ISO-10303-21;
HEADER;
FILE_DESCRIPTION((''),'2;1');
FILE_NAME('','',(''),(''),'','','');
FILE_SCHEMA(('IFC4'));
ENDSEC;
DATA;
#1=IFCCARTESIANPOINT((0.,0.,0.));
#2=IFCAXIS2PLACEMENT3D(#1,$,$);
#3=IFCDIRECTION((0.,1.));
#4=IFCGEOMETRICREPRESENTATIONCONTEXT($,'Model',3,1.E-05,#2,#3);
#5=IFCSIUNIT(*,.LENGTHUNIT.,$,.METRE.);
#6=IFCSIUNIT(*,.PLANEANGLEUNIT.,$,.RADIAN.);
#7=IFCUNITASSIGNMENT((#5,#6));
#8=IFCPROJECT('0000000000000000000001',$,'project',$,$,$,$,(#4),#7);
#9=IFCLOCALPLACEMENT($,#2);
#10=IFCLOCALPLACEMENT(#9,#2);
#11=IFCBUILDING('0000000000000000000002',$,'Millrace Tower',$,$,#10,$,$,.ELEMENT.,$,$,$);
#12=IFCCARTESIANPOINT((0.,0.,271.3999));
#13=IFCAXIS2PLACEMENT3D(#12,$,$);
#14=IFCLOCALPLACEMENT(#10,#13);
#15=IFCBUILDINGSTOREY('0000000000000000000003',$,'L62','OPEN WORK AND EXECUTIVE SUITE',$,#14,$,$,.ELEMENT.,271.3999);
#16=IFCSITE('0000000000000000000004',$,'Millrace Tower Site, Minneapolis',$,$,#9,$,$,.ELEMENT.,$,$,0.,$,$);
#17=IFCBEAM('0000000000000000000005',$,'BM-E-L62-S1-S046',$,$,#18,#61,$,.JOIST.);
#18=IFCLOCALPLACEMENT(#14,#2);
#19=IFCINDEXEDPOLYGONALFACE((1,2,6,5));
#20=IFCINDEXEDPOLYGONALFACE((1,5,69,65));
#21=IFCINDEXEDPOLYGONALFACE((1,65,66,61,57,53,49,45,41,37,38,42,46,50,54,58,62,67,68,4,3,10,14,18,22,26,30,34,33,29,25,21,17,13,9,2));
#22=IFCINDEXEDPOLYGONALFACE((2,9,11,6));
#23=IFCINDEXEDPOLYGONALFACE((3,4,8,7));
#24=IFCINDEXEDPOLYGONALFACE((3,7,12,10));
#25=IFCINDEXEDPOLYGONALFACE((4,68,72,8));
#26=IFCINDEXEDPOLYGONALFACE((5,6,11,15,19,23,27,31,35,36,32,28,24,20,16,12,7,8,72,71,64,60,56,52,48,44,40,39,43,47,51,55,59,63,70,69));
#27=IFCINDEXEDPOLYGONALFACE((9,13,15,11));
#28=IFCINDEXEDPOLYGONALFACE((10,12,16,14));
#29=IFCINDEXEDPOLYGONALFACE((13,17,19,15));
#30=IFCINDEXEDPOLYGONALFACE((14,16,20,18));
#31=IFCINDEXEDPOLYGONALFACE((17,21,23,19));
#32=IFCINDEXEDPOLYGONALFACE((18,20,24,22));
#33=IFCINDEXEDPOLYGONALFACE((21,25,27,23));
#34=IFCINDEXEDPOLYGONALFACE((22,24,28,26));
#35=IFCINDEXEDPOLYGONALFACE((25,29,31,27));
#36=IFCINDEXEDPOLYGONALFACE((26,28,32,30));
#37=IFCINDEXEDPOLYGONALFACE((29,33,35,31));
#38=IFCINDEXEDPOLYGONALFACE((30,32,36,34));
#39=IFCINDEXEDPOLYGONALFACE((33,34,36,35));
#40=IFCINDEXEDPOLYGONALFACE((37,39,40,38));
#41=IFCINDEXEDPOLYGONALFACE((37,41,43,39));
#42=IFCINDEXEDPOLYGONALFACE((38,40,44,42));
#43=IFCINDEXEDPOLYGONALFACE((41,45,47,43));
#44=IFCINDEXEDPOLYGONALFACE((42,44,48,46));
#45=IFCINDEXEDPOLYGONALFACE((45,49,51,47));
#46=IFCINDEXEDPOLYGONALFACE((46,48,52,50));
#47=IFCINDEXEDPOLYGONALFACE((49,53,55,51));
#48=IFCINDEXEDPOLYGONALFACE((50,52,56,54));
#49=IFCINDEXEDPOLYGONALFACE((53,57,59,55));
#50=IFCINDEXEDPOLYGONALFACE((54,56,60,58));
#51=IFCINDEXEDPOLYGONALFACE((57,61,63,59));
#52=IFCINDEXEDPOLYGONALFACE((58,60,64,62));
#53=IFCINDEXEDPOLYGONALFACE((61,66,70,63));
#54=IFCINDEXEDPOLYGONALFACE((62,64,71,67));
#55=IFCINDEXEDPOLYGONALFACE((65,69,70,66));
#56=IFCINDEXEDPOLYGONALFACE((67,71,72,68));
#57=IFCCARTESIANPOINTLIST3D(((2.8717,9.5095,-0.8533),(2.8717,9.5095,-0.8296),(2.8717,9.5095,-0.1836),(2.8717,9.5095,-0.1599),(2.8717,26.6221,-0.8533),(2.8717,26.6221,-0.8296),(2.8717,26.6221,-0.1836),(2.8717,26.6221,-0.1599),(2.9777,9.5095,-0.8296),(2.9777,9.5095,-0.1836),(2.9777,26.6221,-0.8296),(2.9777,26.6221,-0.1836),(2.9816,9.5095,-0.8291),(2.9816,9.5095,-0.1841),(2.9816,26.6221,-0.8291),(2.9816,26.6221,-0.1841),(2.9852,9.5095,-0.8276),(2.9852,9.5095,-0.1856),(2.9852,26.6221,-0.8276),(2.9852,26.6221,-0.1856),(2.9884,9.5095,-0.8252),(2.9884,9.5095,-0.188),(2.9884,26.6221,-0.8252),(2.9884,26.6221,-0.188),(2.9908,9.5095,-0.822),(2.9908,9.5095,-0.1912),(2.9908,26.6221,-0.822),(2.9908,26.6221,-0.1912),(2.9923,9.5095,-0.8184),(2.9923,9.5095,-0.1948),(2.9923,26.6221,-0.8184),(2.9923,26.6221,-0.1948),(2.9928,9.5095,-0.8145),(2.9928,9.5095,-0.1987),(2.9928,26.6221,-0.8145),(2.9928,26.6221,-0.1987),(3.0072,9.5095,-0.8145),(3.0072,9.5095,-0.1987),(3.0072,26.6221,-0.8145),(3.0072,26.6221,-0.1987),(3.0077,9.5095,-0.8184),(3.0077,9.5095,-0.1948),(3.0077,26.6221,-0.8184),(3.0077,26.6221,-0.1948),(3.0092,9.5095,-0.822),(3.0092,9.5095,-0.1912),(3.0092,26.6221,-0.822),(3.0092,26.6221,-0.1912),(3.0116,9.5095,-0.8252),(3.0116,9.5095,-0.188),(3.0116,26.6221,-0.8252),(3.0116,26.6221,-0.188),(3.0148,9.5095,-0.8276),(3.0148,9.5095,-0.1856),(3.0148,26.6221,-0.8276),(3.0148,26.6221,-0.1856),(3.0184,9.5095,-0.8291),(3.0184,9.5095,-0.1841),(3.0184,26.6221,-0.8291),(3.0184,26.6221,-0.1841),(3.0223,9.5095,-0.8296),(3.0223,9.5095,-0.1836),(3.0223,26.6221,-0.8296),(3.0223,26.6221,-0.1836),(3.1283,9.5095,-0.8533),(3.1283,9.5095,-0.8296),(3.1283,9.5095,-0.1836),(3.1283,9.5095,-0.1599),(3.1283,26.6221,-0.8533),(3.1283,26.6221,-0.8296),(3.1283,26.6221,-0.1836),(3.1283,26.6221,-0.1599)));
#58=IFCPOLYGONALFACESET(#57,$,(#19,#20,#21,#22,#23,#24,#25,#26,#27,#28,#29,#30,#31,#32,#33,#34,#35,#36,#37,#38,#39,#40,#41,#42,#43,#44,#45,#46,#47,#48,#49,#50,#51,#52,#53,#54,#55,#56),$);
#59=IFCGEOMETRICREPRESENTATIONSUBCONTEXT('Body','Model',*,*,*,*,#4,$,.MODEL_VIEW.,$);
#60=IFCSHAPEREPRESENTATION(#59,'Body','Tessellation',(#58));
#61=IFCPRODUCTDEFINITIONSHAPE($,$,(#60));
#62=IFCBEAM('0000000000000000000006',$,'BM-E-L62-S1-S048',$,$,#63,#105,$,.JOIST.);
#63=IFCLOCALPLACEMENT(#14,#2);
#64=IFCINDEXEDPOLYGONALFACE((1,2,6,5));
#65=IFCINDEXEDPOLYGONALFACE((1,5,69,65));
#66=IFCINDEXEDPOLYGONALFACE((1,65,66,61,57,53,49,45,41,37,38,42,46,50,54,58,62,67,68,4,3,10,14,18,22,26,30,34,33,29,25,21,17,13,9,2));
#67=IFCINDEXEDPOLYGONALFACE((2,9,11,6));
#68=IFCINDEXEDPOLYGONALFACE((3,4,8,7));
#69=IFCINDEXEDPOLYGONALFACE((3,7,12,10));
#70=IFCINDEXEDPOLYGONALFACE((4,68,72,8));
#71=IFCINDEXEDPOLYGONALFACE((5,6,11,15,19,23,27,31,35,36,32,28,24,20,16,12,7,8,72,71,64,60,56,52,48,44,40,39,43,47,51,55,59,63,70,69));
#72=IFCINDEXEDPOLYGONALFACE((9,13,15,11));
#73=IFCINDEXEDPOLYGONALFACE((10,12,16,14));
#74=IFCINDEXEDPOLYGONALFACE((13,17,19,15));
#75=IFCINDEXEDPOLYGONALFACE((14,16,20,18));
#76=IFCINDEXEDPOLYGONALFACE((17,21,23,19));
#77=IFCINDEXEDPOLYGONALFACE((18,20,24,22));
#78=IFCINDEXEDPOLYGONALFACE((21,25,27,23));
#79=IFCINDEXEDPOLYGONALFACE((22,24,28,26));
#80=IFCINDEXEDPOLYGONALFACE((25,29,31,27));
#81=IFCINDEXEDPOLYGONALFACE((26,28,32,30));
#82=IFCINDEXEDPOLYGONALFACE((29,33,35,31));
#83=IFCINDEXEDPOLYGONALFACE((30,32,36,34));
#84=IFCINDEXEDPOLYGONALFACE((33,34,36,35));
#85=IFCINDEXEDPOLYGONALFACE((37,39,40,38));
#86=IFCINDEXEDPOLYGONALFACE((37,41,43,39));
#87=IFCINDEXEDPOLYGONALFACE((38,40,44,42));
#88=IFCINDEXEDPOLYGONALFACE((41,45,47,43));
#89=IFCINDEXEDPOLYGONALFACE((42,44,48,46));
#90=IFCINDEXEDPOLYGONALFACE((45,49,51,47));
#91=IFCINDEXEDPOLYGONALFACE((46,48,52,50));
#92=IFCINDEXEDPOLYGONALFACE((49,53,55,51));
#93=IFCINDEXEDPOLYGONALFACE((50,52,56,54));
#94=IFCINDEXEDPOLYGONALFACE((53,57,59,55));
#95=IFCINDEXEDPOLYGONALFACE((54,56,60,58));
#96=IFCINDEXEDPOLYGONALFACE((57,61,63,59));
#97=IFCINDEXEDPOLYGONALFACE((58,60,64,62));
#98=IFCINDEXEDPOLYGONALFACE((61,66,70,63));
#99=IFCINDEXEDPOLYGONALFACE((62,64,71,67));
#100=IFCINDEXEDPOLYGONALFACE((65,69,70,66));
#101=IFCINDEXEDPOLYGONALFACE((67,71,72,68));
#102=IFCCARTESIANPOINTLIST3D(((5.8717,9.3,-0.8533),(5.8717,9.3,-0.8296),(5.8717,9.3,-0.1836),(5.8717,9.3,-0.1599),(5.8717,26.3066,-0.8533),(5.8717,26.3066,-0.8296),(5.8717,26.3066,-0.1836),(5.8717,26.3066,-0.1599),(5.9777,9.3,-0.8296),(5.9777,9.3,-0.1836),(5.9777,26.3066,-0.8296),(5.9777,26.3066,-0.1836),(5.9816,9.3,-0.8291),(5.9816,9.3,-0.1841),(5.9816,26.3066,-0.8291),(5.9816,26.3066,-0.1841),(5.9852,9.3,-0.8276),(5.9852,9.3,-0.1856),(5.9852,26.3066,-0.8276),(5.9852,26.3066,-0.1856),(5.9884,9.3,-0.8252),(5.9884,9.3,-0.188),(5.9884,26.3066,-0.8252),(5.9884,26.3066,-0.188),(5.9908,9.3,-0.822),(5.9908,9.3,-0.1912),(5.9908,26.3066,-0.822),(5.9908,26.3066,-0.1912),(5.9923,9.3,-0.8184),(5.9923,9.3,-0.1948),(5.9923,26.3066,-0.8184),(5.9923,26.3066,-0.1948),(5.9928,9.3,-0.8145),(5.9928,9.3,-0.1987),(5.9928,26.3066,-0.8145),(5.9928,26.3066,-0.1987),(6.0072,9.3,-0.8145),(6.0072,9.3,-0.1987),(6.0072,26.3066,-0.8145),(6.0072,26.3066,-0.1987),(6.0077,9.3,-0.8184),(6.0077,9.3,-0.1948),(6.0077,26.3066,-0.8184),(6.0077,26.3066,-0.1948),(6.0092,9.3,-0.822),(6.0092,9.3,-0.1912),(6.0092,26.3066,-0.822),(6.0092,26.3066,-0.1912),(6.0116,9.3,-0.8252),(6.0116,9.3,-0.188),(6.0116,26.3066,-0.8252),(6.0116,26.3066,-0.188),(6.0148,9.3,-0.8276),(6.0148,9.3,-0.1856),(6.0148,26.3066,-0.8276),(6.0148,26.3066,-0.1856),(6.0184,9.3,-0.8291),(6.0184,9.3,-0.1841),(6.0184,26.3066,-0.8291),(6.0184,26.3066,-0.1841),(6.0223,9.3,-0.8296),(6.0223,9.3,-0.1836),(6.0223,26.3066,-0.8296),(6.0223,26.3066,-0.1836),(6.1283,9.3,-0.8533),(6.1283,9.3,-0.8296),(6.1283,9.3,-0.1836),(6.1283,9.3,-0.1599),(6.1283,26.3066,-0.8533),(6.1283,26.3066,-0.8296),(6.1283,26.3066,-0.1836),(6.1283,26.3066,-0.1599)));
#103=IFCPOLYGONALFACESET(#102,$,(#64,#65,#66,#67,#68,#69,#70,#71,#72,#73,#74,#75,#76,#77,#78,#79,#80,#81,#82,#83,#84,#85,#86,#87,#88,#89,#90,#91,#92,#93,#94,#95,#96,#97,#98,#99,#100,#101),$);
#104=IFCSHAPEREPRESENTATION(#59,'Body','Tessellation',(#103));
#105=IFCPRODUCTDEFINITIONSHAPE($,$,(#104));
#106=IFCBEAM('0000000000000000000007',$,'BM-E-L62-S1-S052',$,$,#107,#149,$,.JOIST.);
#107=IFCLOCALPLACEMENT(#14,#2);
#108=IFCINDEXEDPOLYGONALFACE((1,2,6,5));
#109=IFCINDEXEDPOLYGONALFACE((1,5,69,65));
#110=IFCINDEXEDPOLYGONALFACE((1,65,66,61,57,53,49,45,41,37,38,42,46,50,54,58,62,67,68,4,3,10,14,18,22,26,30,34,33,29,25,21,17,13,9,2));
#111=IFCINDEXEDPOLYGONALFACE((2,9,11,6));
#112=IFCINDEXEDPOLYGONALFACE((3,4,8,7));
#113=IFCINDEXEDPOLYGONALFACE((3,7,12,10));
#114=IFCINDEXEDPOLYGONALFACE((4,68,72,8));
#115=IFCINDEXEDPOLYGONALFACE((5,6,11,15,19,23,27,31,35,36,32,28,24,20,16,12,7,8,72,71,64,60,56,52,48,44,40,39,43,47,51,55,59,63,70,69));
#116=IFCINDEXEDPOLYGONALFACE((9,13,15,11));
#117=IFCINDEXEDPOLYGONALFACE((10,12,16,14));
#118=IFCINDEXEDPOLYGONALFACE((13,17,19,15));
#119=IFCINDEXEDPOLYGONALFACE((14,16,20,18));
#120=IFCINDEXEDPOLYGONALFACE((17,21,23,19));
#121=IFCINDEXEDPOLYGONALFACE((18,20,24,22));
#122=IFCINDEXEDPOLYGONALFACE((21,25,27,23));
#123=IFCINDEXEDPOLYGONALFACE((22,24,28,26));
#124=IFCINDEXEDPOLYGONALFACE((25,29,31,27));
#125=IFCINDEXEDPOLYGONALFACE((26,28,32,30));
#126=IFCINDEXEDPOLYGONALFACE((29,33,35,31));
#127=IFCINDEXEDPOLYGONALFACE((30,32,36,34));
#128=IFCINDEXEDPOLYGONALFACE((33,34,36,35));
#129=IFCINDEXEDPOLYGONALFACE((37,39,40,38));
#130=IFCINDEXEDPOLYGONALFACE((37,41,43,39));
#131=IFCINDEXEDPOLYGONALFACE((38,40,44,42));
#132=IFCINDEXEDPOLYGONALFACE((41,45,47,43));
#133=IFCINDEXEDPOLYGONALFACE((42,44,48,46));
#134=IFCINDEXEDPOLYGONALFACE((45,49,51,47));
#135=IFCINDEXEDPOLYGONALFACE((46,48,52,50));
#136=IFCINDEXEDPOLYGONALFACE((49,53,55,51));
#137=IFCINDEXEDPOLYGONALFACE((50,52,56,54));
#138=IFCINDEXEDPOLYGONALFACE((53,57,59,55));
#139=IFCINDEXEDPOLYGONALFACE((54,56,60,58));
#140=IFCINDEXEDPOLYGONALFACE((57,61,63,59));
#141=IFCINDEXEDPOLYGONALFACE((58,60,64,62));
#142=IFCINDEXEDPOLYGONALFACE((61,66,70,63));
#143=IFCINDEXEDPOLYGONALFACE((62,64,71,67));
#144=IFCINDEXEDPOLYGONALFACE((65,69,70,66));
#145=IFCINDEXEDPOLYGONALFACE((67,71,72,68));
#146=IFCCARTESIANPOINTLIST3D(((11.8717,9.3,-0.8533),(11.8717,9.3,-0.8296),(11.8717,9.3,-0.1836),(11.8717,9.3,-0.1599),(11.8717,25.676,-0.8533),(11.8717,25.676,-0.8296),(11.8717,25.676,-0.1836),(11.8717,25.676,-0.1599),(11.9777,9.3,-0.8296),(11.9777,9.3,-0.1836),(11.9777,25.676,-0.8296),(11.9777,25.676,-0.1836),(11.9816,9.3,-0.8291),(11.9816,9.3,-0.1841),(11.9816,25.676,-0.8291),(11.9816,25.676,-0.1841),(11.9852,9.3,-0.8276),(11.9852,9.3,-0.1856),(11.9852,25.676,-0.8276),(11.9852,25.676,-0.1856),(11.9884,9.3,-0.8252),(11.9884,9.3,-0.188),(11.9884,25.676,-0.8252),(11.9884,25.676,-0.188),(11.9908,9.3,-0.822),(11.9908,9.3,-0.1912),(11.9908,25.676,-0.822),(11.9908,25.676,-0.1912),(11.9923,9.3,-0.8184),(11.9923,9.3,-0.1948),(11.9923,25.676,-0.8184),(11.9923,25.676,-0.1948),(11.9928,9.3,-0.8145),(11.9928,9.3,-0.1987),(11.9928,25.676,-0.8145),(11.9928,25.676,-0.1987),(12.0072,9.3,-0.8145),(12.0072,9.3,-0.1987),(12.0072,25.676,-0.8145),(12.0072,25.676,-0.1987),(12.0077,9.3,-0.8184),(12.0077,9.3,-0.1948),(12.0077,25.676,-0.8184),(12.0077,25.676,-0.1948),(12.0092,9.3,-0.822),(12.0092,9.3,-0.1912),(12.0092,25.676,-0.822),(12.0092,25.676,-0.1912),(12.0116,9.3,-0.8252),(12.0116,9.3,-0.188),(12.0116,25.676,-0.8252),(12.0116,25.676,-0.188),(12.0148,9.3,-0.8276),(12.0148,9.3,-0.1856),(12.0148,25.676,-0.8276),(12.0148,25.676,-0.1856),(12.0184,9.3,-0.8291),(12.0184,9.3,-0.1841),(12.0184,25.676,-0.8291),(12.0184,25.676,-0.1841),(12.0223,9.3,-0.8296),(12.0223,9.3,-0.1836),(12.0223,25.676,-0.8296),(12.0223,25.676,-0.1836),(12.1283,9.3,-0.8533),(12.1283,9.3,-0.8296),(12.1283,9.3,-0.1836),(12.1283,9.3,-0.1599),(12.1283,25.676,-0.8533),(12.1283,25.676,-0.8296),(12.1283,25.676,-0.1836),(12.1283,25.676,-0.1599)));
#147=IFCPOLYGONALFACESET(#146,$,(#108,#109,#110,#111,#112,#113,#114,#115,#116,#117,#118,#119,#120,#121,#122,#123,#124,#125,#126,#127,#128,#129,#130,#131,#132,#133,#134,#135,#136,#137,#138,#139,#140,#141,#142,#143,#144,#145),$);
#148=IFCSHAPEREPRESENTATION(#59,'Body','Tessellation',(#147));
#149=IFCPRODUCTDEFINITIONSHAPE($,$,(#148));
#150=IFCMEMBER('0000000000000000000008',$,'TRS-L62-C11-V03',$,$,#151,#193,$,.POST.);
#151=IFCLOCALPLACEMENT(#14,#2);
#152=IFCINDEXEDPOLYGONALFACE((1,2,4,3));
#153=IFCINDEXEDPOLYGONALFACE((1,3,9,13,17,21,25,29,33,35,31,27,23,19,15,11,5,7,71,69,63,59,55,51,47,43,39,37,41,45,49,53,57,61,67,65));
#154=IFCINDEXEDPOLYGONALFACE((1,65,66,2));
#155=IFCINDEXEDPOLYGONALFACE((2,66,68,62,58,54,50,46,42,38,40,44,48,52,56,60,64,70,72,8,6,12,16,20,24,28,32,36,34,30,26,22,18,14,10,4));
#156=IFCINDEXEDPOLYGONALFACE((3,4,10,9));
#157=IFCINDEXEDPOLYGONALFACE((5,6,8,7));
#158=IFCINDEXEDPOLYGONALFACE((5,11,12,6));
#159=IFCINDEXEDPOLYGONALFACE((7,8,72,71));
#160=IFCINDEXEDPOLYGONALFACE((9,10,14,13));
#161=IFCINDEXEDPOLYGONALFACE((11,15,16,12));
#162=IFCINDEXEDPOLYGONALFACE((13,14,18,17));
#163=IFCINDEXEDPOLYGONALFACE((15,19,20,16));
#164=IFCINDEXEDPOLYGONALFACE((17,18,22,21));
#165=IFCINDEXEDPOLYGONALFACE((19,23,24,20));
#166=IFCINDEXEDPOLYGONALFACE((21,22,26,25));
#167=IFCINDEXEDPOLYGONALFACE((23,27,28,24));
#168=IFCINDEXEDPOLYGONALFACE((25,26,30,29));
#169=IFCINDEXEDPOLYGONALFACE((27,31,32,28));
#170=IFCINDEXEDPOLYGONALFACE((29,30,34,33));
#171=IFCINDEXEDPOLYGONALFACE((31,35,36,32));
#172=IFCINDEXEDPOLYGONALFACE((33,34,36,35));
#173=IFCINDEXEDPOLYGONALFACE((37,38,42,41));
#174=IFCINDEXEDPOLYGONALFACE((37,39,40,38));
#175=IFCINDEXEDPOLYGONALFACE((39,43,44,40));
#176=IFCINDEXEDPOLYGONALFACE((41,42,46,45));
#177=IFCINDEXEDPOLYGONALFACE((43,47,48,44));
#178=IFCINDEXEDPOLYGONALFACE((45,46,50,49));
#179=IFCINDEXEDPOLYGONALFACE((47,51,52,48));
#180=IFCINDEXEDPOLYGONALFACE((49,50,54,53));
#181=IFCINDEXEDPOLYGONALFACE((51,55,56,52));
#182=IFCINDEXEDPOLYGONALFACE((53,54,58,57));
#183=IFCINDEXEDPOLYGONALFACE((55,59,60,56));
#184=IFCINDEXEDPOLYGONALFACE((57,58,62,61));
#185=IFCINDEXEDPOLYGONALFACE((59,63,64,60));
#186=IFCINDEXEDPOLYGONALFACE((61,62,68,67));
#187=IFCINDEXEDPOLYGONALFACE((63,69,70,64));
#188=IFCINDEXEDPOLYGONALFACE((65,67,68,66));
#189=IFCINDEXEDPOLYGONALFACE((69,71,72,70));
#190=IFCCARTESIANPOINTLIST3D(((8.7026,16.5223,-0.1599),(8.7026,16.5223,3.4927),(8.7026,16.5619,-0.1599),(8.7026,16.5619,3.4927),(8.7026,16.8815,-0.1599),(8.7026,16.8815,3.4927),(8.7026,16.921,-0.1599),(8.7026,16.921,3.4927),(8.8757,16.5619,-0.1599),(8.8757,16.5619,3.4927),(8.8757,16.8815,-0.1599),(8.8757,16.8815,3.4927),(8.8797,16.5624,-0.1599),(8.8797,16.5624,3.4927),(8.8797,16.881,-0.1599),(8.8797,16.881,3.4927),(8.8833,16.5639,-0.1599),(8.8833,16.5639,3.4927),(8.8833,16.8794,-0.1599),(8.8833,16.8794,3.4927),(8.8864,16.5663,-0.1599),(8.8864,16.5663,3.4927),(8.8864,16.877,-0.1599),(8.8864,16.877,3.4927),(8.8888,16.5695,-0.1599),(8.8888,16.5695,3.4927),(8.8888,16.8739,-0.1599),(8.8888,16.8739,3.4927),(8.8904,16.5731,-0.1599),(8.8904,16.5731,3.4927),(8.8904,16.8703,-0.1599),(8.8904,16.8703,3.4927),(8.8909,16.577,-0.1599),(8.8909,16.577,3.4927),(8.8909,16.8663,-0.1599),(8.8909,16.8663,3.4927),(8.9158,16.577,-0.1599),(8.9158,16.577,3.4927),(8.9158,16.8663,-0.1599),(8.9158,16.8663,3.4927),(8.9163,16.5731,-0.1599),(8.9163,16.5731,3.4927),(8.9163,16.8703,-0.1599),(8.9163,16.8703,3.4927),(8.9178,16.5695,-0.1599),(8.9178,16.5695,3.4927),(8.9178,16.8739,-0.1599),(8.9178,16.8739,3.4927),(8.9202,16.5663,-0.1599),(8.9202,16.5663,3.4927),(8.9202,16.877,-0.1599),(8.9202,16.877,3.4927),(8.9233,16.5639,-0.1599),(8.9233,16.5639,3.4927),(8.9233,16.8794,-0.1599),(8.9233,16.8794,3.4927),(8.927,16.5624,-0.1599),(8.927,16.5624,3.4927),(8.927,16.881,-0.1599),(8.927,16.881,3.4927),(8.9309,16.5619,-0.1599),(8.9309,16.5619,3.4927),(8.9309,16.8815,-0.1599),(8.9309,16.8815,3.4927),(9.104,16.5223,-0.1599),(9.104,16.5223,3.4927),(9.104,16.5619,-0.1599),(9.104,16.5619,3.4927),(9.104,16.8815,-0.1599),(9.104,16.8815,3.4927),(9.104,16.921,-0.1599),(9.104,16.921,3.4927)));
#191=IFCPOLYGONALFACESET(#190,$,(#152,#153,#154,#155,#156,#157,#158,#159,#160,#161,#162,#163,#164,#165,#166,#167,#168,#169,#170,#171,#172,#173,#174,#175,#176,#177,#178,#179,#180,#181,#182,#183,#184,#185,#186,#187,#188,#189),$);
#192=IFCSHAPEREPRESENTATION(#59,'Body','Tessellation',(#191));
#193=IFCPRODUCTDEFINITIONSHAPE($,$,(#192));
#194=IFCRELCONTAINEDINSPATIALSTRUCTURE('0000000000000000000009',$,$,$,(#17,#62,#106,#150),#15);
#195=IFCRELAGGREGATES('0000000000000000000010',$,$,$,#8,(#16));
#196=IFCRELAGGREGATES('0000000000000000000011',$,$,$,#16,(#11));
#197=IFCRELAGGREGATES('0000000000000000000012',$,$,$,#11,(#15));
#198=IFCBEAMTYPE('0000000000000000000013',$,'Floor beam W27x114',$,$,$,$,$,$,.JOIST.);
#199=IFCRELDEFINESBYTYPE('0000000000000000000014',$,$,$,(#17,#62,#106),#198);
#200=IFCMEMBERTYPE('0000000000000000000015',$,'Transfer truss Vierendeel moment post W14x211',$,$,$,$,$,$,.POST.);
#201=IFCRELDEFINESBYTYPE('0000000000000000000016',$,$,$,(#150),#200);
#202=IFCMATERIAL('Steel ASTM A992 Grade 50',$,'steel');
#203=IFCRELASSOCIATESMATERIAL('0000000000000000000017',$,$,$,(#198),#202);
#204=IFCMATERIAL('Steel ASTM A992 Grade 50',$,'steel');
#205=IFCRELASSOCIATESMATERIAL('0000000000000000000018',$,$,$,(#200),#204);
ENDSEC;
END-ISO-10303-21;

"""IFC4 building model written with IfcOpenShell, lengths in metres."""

from ifc_helpers import new_model, si_unit, direction, frame, origin, origin_2d, place, context, subcontext, project, spatial, i_section, extrude, material, material_profile, profile_set, type_object, element, save


model = new_model("IFC4")

# Units and contexts
model_context = context("Model", 3, precision=1e-05, world=origin(), true_north=direction((0.0, 1.0)))
body_context = subcontext(model_context, "Body", "Model", "MODEL_VIEW")
ifc_project = project(units=[si_unit("LENGTHUNIT", "METRE"), si_unit("PLANEANGLEUNIT", "RADIAN")], contexts=[model_context])

# Site, building, storey
site_placement = place(None, origin())
site = spatial("IfcSite", under=ifc_project, at=site_placement, Name="Millrace Tower Site, Minneapolis", CompositionType="ELEMENT", RefElevation=0.0)
building_placement = place(site_placement, origin())
building = spatial("IfcBuilding", under=site, at=building_placement, Name="Millrace Tower", CompositionType="ELEMENT")
storey_placement = place(building_placement, frame((0.0, 0.0, 271.3999)))
storey = spatial("IfcBuildingStorey", under=building, at=storey_placement, Name="L62", Description="OPEN WORK AND EXECUTIVE SUITE", CompositionType="ELEMENT", Elevation=271.3999)

# Beams
ifc_material_1 = material(Name="Steel ASTM A992 Grade 50", Category="steel")
ifc_material_profile_1 = material_profile(ifc_material_1, i_section(OverallWidth=0.2566, OverallDepth=0.6934, WebThickness=0.0144, FlangeThickness=0.0237, FilletRadius=0.0151, at=origin_2d()))
ifc_profile_set_1 = profile_set([ifc_material_profile_1], Name="Steel ASTM A992 Grade 50")
beam_type_1 = type_object("IfcBeamType", Name="Floor beam W27x114", PredefinedType="JOIST", material=ifc_profile_set_1)
beam_1_placement = place(storey_placement, frame((3.0, 9.5095, -0.5066), z_axis=(0.0, 1.0, 0.0), x_axis=(-1.0, 0.0, 0.0)))
element("IfcBeam", 1, at=beam_1_placement, inside=storey, type_object=beam_type_1, Name="BM-E-L62-S1-S046", PredefinedType="JOIST", context=body_context, shape_type="SweptSolid", body=[
    extrude(i_section(OverallWidth=0.2566, OverallDepth=0.6934, WebThickness=0.0144, FlangeThickness=0.0237, FilletRadius=0.0151, at=origin_2d()), origin(), (0.0, 0.0, 1.0), 17.1125),
])
beam_2_placement = place(storey_placement, frame((6.0, 9.3, -0.5066), z_axis=(0.0, 1.0, 0.0), x_axis=(-1.0, 0.0, 0.0)))
element("IfcBeam", 2, at=beam_2_placement, inside=storey, type_object=beam_type_1, Name="BM-E-L62-S1-S048", PredefinedType="JOIST", context=body_context, shape_type="SweptSolid", body=[
    extrude(i_section(OverallWidth=0.2566, OverallDepth=0.6934, WebThickness=0.0144, FlangeThickness=0.0237, FilletRadius=0.0151, at=origin_2d()), origin(), (0.0, 0.0, 1.0), 17.0066),
])
beam_3_placement = place(storey_placement, frame((12.0, 9.3, -0.5066), z_axis=(0.0, 1.0, 0.0), x_axis=(-1.0, 0.0, 0.0)))
element("IfcBeam", 3, at=beam_3_placement, inside=storey, type_object=beam_type_1, Name="BM-E-L62-S1-S052", PredefinedType="JOIST", context=body_context, shape_type="SweptSolid", body=[
    extrude(i_section(OverallWidth=0.2566, OverallDepth=0.6934, WebThickness=0.0144, FlangeThickness=0.0237, FilletRadius=0.0151, at=origin_2d()), origin(), (0.0, 0.0, 1.0), 16.376),
])

# Member
ifc_material_2 = material(Name="Steel ASTM A992 Grade 50", Category="steel")
ifc_material_profile_2 = material_profile(ifc_material_2, i_section(OverallWidth=0.4014, OverallDepth=0.3987, WebThickness=0.0249, FlangeThickness=0.0396, FilletRadius=0.0151, at=origin_2d()))
ifc_profile_set_2 = profile_set([ifc_material_profile_2], Name="Steel ASTM A992 Grade 50")
member_type = type_object("IfcMemberType", Name="Transfer truss Vierendeel moment post W14x211", PredefinedType="POST", material=ifc_profile_set_2)
for number, where, z_axis, x_axis, name in (
    (4, (8.9033, 16.7217, -0.1599), (0.0, 0.0, 1.0), (1.0, 0.0, 0.0), "TRS-L62-C11-V03"),
):
    element("IfcMember", number, at=place(storey_placement, frame(where, z_axis=z_axis, x_axis=x_axis)), inside=storey, type_object=member_type, Name=name, PredefinedType="POST", context=body_context, shape_type="SweptSolid", body=[
        extrude(i_section(OverallWidth=0.4014, OverallDepth=0.3987, WebThickness=0.0249, FlangeThickness=0.0396, FilletRadius=0.0151, at=origin_2d()), origin(), (0.0, 0.0, 1.0), 3.6526),
    ])

save(model, "model.ifc")
